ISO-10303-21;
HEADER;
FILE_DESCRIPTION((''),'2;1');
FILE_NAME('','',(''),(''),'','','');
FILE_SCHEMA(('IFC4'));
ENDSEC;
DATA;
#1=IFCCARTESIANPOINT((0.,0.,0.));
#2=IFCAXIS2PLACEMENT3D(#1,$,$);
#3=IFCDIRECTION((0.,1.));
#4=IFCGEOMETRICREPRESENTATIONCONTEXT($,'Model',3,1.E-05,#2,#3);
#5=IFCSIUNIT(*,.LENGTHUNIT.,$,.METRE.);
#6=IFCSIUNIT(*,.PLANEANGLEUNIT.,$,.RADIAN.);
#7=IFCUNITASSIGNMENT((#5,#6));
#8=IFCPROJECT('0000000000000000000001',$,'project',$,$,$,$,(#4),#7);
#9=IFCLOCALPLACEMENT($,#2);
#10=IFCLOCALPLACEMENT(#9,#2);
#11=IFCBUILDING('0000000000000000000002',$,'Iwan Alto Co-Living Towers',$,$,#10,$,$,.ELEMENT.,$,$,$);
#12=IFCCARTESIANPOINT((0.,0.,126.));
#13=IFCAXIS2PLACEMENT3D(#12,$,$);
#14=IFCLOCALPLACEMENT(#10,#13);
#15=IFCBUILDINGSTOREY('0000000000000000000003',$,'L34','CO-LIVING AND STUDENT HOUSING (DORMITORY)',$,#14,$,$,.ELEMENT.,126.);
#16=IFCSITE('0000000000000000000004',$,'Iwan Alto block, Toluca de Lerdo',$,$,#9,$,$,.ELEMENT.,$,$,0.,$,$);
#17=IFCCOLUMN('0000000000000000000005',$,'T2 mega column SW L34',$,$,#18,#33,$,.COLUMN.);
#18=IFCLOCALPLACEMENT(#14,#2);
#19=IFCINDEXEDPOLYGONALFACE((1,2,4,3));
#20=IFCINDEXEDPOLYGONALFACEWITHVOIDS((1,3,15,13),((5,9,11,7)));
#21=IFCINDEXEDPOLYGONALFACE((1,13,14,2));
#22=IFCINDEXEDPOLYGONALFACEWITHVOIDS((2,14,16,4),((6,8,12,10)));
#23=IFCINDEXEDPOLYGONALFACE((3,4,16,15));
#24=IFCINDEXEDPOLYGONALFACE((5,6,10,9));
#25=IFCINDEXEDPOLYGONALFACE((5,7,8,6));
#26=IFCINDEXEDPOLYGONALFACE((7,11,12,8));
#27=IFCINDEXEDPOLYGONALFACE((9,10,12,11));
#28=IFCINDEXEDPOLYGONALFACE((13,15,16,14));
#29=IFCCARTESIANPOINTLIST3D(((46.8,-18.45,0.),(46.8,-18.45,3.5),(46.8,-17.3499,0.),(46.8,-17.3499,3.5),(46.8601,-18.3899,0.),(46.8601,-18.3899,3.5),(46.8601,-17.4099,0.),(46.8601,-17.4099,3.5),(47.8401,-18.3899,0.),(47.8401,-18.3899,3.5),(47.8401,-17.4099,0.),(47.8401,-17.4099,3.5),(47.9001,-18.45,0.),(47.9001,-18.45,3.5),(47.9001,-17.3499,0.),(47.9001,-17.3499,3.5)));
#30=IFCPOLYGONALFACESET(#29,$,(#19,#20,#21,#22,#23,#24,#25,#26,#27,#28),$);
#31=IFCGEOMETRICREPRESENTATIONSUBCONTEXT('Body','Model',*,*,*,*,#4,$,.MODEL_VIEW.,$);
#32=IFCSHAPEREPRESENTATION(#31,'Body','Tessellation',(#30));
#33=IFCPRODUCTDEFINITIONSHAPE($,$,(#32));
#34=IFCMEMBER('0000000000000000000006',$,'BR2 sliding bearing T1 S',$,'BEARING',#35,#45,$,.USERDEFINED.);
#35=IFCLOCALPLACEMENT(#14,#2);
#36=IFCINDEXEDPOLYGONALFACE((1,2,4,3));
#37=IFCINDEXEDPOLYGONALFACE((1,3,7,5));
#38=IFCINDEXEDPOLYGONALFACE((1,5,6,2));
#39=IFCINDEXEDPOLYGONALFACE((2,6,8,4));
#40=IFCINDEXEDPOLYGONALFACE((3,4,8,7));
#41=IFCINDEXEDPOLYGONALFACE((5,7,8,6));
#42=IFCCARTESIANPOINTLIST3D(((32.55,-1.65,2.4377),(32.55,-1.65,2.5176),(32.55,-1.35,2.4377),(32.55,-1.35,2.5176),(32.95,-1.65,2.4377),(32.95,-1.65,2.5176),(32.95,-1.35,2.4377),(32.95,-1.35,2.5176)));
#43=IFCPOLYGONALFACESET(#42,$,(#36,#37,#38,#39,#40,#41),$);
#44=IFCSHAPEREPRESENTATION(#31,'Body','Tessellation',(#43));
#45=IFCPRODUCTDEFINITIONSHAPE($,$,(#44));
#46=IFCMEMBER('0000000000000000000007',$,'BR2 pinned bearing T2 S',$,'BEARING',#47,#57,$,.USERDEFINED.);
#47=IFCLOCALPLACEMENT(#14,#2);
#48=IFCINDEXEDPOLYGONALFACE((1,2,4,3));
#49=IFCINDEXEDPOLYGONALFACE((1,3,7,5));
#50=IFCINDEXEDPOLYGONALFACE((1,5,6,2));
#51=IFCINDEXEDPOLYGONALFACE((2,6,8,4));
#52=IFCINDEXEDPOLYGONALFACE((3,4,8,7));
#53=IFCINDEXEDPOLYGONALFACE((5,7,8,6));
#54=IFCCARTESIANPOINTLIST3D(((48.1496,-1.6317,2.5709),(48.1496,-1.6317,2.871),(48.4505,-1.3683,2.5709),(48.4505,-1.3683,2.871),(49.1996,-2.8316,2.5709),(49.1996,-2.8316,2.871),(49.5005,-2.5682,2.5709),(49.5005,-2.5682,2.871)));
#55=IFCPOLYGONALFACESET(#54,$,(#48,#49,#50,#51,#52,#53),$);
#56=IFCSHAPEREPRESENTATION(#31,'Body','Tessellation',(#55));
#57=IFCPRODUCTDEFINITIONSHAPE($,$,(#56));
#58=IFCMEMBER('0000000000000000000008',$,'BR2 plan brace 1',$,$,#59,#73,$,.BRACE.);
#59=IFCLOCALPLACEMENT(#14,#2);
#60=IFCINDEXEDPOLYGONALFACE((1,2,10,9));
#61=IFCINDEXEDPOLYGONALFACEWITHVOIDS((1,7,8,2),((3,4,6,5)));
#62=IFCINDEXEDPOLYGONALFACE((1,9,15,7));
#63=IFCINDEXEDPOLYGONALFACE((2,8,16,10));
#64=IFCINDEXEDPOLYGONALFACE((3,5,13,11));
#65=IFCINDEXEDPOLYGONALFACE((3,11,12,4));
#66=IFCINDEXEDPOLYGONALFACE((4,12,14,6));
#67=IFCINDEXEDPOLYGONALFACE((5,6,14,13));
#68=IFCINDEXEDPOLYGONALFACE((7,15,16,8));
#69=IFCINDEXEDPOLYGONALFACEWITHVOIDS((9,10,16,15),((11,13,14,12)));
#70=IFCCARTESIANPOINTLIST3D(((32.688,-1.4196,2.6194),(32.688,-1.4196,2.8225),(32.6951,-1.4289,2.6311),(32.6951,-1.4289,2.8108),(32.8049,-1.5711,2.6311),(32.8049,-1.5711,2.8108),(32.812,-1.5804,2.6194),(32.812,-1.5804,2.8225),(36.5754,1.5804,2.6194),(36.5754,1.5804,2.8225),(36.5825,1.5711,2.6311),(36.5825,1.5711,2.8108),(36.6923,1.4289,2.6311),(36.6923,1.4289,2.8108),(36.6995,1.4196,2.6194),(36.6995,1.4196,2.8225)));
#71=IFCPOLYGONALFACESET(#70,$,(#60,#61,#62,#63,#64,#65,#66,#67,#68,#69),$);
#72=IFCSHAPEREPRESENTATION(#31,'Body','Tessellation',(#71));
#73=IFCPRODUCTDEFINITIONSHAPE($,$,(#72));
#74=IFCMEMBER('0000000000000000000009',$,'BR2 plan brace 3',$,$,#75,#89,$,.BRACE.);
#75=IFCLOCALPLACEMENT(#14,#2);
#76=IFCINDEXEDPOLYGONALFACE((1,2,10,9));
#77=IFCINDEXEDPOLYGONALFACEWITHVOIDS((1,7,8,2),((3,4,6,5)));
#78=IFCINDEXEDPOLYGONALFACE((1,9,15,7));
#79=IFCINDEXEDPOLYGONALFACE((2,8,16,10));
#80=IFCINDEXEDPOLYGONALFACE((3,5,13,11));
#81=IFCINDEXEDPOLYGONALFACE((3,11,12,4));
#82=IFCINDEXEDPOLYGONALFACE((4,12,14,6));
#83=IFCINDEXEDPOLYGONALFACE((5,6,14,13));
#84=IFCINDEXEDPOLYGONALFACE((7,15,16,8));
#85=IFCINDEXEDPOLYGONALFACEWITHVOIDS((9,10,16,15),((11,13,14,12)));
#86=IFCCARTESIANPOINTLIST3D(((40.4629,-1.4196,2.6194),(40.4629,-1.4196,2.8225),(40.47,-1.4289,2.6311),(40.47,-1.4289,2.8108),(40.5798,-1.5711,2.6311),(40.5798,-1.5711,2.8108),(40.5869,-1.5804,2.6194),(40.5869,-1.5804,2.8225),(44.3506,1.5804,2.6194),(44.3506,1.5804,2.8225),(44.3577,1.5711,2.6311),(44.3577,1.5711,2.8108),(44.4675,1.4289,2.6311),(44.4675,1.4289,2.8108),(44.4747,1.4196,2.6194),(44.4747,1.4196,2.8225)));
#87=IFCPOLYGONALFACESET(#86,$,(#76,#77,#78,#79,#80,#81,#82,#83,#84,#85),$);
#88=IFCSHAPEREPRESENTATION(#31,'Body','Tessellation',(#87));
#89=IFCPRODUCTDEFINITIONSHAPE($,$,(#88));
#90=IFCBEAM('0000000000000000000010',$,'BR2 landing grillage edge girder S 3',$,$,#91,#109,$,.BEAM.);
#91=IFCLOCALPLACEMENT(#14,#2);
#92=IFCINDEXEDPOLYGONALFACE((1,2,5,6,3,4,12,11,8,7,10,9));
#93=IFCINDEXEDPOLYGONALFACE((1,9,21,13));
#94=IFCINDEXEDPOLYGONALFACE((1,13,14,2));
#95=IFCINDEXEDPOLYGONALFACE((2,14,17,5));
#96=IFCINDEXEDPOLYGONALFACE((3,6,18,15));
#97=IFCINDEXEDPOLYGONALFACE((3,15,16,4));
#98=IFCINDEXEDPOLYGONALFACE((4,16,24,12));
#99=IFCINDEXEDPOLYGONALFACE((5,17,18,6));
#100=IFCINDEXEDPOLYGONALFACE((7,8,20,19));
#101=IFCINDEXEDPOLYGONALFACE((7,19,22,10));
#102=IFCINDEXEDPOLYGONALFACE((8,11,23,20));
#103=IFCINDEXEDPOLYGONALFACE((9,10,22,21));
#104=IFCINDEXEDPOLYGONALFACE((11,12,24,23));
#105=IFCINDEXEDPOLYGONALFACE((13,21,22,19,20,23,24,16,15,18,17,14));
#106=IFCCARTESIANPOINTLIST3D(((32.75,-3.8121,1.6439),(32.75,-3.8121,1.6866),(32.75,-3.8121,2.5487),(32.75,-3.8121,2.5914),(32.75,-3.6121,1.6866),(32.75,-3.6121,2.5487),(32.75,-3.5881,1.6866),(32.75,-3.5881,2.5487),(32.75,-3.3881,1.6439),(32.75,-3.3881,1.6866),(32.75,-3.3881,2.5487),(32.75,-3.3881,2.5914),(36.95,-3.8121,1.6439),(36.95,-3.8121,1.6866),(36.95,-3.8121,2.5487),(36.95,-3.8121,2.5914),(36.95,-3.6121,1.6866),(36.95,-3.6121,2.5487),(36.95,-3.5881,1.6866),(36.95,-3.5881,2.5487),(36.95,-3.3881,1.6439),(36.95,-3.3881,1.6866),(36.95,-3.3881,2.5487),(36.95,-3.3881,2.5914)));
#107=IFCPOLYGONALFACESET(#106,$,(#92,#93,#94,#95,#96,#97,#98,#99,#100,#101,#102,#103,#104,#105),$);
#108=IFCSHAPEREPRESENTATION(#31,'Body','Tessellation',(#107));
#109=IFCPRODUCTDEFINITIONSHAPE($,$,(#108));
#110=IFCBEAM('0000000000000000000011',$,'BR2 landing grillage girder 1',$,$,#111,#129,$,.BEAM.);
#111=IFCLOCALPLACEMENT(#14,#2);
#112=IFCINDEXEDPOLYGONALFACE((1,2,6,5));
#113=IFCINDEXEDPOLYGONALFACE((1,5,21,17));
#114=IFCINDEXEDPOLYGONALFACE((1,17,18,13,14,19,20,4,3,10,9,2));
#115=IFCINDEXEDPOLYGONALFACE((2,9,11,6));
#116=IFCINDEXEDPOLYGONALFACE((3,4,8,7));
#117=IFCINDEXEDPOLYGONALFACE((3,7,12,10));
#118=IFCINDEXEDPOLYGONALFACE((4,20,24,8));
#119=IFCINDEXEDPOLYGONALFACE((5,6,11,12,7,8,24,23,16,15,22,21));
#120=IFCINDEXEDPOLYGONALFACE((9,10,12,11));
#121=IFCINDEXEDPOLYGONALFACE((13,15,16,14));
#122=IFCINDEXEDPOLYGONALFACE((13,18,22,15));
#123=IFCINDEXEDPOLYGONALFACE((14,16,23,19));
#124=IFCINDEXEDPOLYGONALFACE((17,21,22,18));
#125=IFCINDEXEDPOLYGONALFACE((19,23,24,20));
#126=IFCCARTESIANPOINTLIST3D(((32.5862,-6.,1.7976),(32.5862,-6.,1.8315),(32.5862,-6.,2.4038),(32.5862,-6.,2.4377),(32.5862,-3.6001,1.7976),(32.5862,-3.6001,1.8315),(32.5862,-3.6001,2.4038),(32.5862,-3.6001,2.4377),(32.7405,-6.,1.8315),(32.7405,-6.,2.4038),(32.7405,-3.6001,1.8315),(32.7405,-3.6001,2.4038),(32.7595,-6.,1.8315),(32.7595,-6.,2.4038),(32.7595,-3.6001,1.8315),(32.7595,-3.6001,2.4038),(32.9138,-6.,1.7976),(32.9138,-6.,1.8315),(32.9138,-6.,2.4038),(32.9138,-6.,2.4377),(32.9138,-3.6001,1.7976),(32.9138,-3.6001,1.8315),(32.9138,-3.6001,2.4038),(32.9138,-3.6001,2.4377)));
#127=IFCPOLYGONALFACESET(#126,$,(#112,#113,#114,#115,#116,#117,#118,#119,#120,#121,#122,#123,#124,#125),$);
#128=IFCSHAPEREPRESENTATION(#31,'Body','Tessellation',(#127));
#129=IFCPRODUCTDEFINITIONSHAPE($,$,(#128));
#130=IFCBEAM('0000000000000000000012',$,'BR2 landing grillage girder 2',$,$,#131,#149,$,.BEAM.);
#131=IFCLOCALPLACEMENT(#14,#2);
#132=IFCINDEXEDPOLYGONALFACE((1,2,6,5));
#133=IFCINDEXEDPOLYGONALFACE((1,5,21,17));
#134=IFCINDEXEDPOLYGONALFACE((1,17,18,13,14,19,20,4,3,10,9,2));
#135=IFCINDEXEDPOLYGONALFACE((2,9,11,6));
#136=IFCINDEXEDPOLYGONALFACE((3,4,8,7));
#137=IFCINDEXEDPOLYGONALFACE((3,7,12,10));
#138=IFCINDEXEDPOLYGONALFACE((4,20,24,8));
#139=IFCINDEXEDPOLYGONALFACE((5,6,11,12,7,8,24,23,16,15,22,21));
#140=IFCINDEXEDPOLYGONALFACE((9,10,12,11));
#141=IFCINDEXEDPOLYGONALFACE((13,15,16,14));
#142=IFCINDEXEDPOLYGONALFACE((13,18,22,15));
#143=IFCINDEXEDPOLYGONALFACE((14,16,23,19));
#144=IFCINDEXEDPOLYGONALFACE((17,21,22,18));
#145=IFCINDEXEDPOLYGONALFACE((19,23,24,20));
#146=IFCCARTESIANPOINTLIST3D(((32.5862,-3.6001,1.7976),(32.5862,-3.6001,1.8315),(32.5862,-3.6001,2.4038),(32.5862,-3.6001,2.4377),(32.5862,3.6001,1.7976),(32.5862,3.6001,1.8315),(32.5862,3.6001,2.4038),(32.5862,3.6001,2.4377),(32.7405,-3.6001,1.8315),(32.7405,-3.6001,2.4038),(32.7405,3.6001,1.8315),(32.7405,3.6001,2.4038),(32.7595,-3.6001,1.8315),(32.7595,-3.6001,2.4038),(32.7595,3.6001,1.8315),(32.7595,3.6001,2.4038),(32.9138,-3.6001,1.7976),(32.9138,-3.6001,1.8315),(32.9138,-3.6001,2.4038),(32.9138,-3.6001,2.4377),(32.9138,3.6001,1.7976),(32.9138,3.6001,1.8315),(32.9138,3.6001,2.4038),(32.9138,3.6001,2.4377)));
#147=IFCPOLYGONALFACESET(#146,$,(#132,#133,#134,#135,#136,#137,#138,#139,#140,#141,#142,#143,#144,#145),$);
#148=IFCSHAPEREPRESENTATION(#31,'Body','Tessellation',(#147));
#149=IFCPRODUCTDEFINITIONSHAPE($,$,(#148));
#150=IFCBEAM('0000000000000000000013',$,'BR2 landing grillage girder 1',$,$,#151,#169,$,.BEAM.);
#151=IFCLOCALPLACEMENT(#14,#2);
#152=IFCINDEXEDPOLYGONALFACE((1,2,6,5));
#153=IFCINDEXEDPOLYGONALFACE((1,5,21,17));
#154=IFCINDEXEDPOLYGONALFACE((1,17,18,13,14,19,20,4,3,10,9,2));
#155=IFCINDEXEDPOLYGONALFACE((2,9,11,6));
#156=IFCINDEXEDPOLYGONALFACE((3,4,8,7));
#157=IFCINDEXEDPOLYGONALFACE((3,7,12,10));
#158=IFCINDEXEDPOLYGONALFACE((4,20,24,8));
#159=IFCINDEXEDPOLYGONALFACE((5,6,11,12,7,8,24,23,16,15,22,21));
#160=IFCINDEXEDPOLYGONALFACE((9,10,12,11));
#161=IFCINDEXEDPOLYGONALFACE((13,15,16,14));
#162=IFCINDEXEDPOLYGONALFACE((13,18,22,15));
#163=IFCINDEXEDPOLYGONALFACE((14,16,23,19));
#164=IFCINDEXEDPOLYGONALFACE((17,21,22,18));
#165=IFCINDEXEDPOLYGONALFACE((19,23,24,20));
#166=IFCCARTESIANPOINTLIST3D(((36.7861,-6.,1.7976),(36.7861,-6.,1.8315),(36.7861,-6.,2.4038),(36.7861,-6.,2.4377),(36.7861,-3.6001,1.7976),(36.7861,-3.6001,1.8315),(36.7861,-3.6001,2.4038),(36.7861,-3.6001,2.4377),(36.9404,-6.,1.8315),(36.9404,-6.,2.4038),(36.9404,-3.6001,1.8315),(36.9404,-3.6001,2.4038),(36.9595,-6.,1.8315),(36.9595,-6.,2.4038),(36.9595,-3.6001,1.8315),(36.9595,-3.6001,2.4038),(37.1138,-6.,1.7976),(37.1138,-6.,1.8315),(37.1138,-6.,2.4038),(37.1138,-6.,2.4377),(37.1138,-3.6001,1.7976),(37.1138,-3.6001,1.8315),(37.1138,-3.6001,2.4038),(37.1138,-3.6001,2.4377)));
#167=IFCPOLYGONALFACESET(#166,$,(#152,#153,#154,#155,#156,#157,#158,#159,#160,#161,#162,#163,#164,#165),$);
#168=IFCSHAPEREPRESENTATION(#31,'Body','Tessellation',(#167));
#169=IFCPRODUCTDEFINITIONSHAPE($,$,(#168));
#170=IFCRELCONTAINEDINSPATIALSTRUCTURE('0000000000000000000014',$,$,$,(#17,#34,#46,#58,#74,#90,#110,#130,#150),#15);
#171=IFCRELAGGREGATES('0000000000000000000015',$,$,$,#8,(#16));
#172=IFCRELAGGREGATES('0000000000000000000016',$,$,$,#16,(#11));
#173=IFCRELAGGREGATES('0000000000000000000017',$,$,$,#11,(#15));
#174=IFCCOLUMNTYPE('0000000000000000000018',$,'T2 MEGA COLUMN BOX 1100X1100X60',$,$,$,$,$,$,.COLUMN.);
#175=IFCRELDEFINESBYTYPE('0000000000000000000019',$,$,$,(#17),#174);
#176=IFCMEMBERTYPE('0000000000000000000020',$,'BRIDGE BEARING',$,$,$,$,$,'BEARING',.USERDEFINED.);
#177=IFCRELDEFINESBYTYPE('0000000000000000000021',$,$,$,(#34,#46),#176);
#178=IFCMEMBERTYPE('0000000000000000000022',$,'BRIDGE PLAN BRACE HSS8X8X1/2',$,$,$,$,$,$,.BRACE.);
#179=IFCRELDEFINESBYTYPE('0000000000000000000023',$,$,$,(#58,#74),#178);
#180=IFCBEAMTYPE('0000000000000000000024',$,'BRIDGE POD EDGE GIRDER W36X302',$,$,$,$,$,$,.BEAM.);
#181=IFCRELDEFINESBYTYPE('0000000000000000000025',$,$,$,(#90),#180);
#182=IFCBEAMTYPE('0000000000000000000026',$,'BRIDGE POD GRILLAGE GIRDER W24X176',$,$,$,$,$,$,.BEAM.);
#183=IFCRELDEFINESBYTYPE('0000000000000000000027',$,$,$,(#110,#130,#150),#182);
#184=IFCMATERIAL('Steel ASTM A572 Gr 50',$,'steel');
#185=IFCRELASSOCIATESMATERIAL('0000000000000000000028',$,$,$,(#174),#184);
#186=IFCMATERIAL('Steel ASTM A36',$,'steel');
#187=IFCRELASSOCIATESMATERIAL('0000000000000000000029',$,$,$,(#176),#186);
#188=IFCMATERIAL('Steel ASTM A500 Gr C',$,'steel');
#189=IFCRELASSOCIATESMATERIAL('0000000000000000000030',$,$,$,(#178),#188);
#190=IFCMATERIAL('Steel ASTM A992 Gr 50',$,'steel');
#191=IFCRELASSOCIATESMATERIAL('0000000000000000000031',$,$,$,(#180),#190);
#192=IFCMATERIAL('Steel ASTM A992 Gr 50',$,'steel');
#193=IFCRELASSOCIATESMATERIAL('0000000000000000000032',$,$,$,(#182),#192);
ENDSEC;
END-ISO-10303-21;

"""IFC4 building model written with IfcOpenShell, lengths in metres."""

from ifc_helpers import new_model, si_unit, direction, frame, origin, origin_2d, place, context, subcontext, project, spatial, rectangle, hollow_rectangle, i_section, extrude, material, material_profile, profile_set, type_object, element, save


model = new_model("IFC4")

# Units and contexts
model_context = context("Model", 3, precision=1e-05, world=origin(), true_north=direction((0.0, 1.0)))
body_context = subcontext(model_context, "Body", "Model", "MODEL_VIEW")
ifc_project = project(units=[si_unit("LENGTHUNIT", "METRE"), si_unit("PLANEANGLEUNIT", "RADIAN")], contexts=[model_context])

# Site, building, storey
site_placement = place(None, origin())
site = spatial("IfcSite", under=ifc_project, at=site_placement, Name="Iwan Alto block, Toluca de Lerdo", CompositionType="ELEMENT", RefElevation=0.0)
building_placement = place(site_placement, origin())
building = spatial("IfcBuilding", under=site, at=building_placement, Name="Iwan Alto Co-Living Towers", CompositionType="ELEMENT")
storey_placement = place(building_placement, frame((0.0, 0.0, 126.0)))
storey = spatial("IfcBuildingStorey", under=building, at=storey_placement, Name="L34", Description="CO-LIVING AND STUDENT HOUSING (DORMITORY)", CompositionType="ELEMENT", Elevation=126.0)

# Column
ifc_material_1 = material(Name="Steel ASTM A572 Gr 50", Category="steel")
ifc_material_profile_1 = material_profile(ifc_material_1, hollow_rectangle(XDim=1.1001, YDim=1.1001, WallThickness=0.0601, at=origin_2d()), Name="BOX 1100X1100X60")
ifc_profile_set_1 = profile_set([ifc_material_profile_1], Name="Steel ASTM A572 Gr 50")
column_type = type_object("IfcColumnType", Name="T2 MEGA COLUMN BOX 1100X1100X60", PredefinedType="COLUMN", material=ifc_profile_set_1)
column_placement = place(storey_placement, frame((47.3501, -17.8999, 0.0), z_axis=(0.0, 0.0, 1.0), x_axis=(1.0, 0.0, 0.0)))
element("IfcColumn", 1, at=column_placement, inside=storey, type_object=column_type, Name="T2 mega column SW L34", PredefinedType="COLUMN", context=body_context, shape_type="SweptSolid", body=[
    extrude(hollow_rectangle(XDim=1.1001, YDim=1.1001, WallThickness=0.0601, at=origin_2d()), origin(), (0.0, 0.0, 1.0), 3.5),
])

# Members
ifc_material_2 = material(Name="Steel ASTM A36", Category="steel")
ifc_material_profile_2 = material_profile(ifc_material_2, rectangle(XDim=0.3999, YDim=0.3, at=origin_2d()), Name="BEARING 400X300")
ifc_profile_set_2 = profile_set([ifc_material_profile_2], Name="Steel ASTM A36")
member_type_1 = type_object("IfcMemberType", Name="BRIDGE BEARING", ElementType="BEARING", PredefinedType="USERDEFINED", material=ifc_profile_set_2)
member_1_placement = place(storey_placement, frame((32.75, -1.5, 2.5176), z_axis=(0.0, 0.0, -1.0), x_axis=(1.0, 0.0, 0.0)))
element("IfcMember", 2, at=member_1_placement, inside=storey, type_object=member_type_1, Name="BR2 sliding bearing T1 S", ObjectType="BEARING", PredefinedType="USERDEFINED", context=body_context, shape_type="SweptSolid", body=[
    extrude(rectangle(XDim=0.3999, YDim=0.3, at=origin_2d()), origin(), (0.0, 0.0, 1.0), 0.0798),
])
member_2_placement = place(storey_placement, frame((48.3, -1.5, 2.7209), z_axis=(0.658537, -0.752548, 0.0), x_axis=(0.752548, 0.658537, 0.0)))
element("IfcMember", 3, at=member_2_placement, inside=storey, type_object=member_type_1, Name="BR2 pinned bearing T2 S", ObjectType="BEARING", PredefinedType="USERDEFINED", context=body_context, shape_type="SweptSolid", body=[
    extrude(rectangle(XDim=0.3999, YDim=0.3, at=origin_2d()), origin(), (0.0, 0.0, 1.0), 1.5945),
])
ifc_material_3 = material(Name="Steel ASTM A500 Gr C", Category="steel")
ifc_material_profile_3 = material_profile(ifc_material_3, hollow_rectangle(XDim=0.2031, YDim=0.2031, WallThickness=0.0117, at=origin_2d()), Name="HSS8X8X1/2")
ifc_profile_set_3 = profile_set([ifc_material_profile_3], Name="Steel ASTM A500 Gr C")
member_type_2 = type_object("IfcMemberType", Name="BRIDGE PLAN BRACE HSS8X8X1/2", PredefinedType="BRACE", material=ifc_profile_set_3)
member_3_placement = place(storey_placement, frame((32.75, -1.5, 2.7209), z_axis=(0.791673, 0.610945, 0.0), x_axis=(-0.610945, 0.791673, 0.0)))
element("IfcMember", 4, at=member_3_placement, inside=storey, type_object=member_type_2, Name="BR2 plan brace 1", PredefinedType="BRACE", context=body_context, shape_type="SweptSolid", body=[
    extrude(hollow_rectangle(XDim=0.2031, YDim=0.2031, WallThickness=0.0117, at=origin_2d()), origin(), (0.0, 0.0, 1.0), 4.9104),
])
member_4_placement = place(storey_placement, frame((40.5249, -1.5, 2.7209), z_axis=(0.791692, 0.610921, 0.0), x_axis=(-0.610921, 0.791692, 0.0)))
element("IfcMember", 5, at=member_4_placement, inside=storey, type_object=member_type_2, Name="BR2 plan brace 3", PredefinedType="BRACE", context=body_context, shape_type="SweptSolid", body=[
    extrude(hollow_rectangle(XDim=0.2031, YDim=0.2031, WallThickness=0.0117, at=origin_2d()), origin(), (0.0, 0.0, 1.0), 4.9106),
])

# Beams
ifc_material_4 = material(Name="Steel ASTM A992 Gr 50", Category="steel")
ifc_material_profile_4 = material_profile(ifc_material_4, i_section(OverallWidth=0.4241, OverallDepth=0.9475, WebThickness=0.0239, FlangeThickness=0.0427, at=origin_2d()), Name="W36X302")
ifc_profile_set_4 = profile_set([ifc_material_profile_4], Name="Steel ASTM A992 Gr 50")
beam_type_1 = type_object("IfcBeamType", Name="BRIDGE POD EDGE GIRDER W36X302", PredefinedType="BEAM", material=ifc_profile_set_4)
beam_1_placement = place(storey_placement, frame((32.75, -3.6001, 2.1177), z_axis=(1.0, 0.0, 0.0), x_axis=(0.0, 1.0, 0.0)))
element("IfcBeam", 6, at=beam_1_placement, inside=storey, type_object=beam_type_1, Name="BR2 landing grillage edge girder S 3", PredefinedType="BEAM", context=body_context, shape_type="SweptSolid", body=[
    extrude(i_section(OverallWidth=0.4241, OverallDepth=0.9475, WebThickness=0.0239, FlangeThickness=0.0427, at=origin_2d()), origin(), (0.0, 0.0, 1.0), 4.2),
])
ifc_material_5 = material(Name="Steel ASTM A992 Gr 50", Category="steel")
ifc_material_profile_5 = material_profile(ifc_material_5, i_section(OverallWidth=0.3276, OverallDepth=0.6401, WebThickness=0.019, FlangeThickness=0.0339, at=origin_2d()), Name="W24X176")
ifc_profile_set_5 = profile_set([ifc_material_profile_5], Name="Steel ASTM A992 Gr 50")
beam_type_2 = type_object("IfcBeamType", Name="BRIDGE POD GRILLAGE GIRDER W24X176", PredefinedType="BEAM", material=ifc_profile_set_5)
beam_2_placement = place(storey_placement, frame((32.75, -6.0, 2.1177), z_axis=(0.0, 1.0, 0.0), x_axis=(-1.0, 0.0, 0.0)))
element("IfcBeam", 7, at=beam_2_placement, inside=storey, type_object=beam_type_2, Name="BR2 landing grillage girder 1", PredefinedType="BEAM", context=body_context, shape_type="SweptSolid", body=[
    extrude(i_section(OverallWidth=0.3276, OverallDepth=0.6401, WebThickness=0.019, FlangeThickness=0.0339, at=origin_2d()), origin(), (0.0, 0.0, 1.0), 2.3999),
])
beam_3_placement = place(storey_placement, frame((32.75, -3.6001, 2.1177), z_axis=(0.0, 1.0, 0.0), x_axis=(-1.0, 0.0, 0.0)))
element("IfcBeam", 8, at=beam_3_placement, inside=storey, type_object=beam_type_2, Name="BR2 landing grillage girder 2", PredefinedType="BEAM", context=body_context, shape_type="SweptSolid", body=[
    extrude(i_section(OverallWidth=0.3276, OverallDepth=0.6401, WebThickness=0.019, FlangeThickness=0.0339, at=origin_2d()), origin(), (0.0, 0.0, 1.0), 7.2002),
])
beam_4_placement = place(storey_placement, frame((36.95, -6.0, 2.1177), z_axis=(0.0, 1.0, 0.0), x_axis=(-1.0, 0.0, 0.0)))
element("IfcBeam", 9, at=beam_4_placement, inside=storey, type_object=beam_type_2, Name="BR2 landing grillage girder 1", PredefinedType="BEAM", context=body_context, shape_type="SweptSolid", body=[
    extrude(i_section(OverallWidth=0.3276, OverallDepth=0.6401, WebThickness=0.019, FlangeThickness=0.0339, at=origin_2d()), origin(), (0.0, 0.0, 1.0), 2.3999),
])

save(model, "model.ifc")
